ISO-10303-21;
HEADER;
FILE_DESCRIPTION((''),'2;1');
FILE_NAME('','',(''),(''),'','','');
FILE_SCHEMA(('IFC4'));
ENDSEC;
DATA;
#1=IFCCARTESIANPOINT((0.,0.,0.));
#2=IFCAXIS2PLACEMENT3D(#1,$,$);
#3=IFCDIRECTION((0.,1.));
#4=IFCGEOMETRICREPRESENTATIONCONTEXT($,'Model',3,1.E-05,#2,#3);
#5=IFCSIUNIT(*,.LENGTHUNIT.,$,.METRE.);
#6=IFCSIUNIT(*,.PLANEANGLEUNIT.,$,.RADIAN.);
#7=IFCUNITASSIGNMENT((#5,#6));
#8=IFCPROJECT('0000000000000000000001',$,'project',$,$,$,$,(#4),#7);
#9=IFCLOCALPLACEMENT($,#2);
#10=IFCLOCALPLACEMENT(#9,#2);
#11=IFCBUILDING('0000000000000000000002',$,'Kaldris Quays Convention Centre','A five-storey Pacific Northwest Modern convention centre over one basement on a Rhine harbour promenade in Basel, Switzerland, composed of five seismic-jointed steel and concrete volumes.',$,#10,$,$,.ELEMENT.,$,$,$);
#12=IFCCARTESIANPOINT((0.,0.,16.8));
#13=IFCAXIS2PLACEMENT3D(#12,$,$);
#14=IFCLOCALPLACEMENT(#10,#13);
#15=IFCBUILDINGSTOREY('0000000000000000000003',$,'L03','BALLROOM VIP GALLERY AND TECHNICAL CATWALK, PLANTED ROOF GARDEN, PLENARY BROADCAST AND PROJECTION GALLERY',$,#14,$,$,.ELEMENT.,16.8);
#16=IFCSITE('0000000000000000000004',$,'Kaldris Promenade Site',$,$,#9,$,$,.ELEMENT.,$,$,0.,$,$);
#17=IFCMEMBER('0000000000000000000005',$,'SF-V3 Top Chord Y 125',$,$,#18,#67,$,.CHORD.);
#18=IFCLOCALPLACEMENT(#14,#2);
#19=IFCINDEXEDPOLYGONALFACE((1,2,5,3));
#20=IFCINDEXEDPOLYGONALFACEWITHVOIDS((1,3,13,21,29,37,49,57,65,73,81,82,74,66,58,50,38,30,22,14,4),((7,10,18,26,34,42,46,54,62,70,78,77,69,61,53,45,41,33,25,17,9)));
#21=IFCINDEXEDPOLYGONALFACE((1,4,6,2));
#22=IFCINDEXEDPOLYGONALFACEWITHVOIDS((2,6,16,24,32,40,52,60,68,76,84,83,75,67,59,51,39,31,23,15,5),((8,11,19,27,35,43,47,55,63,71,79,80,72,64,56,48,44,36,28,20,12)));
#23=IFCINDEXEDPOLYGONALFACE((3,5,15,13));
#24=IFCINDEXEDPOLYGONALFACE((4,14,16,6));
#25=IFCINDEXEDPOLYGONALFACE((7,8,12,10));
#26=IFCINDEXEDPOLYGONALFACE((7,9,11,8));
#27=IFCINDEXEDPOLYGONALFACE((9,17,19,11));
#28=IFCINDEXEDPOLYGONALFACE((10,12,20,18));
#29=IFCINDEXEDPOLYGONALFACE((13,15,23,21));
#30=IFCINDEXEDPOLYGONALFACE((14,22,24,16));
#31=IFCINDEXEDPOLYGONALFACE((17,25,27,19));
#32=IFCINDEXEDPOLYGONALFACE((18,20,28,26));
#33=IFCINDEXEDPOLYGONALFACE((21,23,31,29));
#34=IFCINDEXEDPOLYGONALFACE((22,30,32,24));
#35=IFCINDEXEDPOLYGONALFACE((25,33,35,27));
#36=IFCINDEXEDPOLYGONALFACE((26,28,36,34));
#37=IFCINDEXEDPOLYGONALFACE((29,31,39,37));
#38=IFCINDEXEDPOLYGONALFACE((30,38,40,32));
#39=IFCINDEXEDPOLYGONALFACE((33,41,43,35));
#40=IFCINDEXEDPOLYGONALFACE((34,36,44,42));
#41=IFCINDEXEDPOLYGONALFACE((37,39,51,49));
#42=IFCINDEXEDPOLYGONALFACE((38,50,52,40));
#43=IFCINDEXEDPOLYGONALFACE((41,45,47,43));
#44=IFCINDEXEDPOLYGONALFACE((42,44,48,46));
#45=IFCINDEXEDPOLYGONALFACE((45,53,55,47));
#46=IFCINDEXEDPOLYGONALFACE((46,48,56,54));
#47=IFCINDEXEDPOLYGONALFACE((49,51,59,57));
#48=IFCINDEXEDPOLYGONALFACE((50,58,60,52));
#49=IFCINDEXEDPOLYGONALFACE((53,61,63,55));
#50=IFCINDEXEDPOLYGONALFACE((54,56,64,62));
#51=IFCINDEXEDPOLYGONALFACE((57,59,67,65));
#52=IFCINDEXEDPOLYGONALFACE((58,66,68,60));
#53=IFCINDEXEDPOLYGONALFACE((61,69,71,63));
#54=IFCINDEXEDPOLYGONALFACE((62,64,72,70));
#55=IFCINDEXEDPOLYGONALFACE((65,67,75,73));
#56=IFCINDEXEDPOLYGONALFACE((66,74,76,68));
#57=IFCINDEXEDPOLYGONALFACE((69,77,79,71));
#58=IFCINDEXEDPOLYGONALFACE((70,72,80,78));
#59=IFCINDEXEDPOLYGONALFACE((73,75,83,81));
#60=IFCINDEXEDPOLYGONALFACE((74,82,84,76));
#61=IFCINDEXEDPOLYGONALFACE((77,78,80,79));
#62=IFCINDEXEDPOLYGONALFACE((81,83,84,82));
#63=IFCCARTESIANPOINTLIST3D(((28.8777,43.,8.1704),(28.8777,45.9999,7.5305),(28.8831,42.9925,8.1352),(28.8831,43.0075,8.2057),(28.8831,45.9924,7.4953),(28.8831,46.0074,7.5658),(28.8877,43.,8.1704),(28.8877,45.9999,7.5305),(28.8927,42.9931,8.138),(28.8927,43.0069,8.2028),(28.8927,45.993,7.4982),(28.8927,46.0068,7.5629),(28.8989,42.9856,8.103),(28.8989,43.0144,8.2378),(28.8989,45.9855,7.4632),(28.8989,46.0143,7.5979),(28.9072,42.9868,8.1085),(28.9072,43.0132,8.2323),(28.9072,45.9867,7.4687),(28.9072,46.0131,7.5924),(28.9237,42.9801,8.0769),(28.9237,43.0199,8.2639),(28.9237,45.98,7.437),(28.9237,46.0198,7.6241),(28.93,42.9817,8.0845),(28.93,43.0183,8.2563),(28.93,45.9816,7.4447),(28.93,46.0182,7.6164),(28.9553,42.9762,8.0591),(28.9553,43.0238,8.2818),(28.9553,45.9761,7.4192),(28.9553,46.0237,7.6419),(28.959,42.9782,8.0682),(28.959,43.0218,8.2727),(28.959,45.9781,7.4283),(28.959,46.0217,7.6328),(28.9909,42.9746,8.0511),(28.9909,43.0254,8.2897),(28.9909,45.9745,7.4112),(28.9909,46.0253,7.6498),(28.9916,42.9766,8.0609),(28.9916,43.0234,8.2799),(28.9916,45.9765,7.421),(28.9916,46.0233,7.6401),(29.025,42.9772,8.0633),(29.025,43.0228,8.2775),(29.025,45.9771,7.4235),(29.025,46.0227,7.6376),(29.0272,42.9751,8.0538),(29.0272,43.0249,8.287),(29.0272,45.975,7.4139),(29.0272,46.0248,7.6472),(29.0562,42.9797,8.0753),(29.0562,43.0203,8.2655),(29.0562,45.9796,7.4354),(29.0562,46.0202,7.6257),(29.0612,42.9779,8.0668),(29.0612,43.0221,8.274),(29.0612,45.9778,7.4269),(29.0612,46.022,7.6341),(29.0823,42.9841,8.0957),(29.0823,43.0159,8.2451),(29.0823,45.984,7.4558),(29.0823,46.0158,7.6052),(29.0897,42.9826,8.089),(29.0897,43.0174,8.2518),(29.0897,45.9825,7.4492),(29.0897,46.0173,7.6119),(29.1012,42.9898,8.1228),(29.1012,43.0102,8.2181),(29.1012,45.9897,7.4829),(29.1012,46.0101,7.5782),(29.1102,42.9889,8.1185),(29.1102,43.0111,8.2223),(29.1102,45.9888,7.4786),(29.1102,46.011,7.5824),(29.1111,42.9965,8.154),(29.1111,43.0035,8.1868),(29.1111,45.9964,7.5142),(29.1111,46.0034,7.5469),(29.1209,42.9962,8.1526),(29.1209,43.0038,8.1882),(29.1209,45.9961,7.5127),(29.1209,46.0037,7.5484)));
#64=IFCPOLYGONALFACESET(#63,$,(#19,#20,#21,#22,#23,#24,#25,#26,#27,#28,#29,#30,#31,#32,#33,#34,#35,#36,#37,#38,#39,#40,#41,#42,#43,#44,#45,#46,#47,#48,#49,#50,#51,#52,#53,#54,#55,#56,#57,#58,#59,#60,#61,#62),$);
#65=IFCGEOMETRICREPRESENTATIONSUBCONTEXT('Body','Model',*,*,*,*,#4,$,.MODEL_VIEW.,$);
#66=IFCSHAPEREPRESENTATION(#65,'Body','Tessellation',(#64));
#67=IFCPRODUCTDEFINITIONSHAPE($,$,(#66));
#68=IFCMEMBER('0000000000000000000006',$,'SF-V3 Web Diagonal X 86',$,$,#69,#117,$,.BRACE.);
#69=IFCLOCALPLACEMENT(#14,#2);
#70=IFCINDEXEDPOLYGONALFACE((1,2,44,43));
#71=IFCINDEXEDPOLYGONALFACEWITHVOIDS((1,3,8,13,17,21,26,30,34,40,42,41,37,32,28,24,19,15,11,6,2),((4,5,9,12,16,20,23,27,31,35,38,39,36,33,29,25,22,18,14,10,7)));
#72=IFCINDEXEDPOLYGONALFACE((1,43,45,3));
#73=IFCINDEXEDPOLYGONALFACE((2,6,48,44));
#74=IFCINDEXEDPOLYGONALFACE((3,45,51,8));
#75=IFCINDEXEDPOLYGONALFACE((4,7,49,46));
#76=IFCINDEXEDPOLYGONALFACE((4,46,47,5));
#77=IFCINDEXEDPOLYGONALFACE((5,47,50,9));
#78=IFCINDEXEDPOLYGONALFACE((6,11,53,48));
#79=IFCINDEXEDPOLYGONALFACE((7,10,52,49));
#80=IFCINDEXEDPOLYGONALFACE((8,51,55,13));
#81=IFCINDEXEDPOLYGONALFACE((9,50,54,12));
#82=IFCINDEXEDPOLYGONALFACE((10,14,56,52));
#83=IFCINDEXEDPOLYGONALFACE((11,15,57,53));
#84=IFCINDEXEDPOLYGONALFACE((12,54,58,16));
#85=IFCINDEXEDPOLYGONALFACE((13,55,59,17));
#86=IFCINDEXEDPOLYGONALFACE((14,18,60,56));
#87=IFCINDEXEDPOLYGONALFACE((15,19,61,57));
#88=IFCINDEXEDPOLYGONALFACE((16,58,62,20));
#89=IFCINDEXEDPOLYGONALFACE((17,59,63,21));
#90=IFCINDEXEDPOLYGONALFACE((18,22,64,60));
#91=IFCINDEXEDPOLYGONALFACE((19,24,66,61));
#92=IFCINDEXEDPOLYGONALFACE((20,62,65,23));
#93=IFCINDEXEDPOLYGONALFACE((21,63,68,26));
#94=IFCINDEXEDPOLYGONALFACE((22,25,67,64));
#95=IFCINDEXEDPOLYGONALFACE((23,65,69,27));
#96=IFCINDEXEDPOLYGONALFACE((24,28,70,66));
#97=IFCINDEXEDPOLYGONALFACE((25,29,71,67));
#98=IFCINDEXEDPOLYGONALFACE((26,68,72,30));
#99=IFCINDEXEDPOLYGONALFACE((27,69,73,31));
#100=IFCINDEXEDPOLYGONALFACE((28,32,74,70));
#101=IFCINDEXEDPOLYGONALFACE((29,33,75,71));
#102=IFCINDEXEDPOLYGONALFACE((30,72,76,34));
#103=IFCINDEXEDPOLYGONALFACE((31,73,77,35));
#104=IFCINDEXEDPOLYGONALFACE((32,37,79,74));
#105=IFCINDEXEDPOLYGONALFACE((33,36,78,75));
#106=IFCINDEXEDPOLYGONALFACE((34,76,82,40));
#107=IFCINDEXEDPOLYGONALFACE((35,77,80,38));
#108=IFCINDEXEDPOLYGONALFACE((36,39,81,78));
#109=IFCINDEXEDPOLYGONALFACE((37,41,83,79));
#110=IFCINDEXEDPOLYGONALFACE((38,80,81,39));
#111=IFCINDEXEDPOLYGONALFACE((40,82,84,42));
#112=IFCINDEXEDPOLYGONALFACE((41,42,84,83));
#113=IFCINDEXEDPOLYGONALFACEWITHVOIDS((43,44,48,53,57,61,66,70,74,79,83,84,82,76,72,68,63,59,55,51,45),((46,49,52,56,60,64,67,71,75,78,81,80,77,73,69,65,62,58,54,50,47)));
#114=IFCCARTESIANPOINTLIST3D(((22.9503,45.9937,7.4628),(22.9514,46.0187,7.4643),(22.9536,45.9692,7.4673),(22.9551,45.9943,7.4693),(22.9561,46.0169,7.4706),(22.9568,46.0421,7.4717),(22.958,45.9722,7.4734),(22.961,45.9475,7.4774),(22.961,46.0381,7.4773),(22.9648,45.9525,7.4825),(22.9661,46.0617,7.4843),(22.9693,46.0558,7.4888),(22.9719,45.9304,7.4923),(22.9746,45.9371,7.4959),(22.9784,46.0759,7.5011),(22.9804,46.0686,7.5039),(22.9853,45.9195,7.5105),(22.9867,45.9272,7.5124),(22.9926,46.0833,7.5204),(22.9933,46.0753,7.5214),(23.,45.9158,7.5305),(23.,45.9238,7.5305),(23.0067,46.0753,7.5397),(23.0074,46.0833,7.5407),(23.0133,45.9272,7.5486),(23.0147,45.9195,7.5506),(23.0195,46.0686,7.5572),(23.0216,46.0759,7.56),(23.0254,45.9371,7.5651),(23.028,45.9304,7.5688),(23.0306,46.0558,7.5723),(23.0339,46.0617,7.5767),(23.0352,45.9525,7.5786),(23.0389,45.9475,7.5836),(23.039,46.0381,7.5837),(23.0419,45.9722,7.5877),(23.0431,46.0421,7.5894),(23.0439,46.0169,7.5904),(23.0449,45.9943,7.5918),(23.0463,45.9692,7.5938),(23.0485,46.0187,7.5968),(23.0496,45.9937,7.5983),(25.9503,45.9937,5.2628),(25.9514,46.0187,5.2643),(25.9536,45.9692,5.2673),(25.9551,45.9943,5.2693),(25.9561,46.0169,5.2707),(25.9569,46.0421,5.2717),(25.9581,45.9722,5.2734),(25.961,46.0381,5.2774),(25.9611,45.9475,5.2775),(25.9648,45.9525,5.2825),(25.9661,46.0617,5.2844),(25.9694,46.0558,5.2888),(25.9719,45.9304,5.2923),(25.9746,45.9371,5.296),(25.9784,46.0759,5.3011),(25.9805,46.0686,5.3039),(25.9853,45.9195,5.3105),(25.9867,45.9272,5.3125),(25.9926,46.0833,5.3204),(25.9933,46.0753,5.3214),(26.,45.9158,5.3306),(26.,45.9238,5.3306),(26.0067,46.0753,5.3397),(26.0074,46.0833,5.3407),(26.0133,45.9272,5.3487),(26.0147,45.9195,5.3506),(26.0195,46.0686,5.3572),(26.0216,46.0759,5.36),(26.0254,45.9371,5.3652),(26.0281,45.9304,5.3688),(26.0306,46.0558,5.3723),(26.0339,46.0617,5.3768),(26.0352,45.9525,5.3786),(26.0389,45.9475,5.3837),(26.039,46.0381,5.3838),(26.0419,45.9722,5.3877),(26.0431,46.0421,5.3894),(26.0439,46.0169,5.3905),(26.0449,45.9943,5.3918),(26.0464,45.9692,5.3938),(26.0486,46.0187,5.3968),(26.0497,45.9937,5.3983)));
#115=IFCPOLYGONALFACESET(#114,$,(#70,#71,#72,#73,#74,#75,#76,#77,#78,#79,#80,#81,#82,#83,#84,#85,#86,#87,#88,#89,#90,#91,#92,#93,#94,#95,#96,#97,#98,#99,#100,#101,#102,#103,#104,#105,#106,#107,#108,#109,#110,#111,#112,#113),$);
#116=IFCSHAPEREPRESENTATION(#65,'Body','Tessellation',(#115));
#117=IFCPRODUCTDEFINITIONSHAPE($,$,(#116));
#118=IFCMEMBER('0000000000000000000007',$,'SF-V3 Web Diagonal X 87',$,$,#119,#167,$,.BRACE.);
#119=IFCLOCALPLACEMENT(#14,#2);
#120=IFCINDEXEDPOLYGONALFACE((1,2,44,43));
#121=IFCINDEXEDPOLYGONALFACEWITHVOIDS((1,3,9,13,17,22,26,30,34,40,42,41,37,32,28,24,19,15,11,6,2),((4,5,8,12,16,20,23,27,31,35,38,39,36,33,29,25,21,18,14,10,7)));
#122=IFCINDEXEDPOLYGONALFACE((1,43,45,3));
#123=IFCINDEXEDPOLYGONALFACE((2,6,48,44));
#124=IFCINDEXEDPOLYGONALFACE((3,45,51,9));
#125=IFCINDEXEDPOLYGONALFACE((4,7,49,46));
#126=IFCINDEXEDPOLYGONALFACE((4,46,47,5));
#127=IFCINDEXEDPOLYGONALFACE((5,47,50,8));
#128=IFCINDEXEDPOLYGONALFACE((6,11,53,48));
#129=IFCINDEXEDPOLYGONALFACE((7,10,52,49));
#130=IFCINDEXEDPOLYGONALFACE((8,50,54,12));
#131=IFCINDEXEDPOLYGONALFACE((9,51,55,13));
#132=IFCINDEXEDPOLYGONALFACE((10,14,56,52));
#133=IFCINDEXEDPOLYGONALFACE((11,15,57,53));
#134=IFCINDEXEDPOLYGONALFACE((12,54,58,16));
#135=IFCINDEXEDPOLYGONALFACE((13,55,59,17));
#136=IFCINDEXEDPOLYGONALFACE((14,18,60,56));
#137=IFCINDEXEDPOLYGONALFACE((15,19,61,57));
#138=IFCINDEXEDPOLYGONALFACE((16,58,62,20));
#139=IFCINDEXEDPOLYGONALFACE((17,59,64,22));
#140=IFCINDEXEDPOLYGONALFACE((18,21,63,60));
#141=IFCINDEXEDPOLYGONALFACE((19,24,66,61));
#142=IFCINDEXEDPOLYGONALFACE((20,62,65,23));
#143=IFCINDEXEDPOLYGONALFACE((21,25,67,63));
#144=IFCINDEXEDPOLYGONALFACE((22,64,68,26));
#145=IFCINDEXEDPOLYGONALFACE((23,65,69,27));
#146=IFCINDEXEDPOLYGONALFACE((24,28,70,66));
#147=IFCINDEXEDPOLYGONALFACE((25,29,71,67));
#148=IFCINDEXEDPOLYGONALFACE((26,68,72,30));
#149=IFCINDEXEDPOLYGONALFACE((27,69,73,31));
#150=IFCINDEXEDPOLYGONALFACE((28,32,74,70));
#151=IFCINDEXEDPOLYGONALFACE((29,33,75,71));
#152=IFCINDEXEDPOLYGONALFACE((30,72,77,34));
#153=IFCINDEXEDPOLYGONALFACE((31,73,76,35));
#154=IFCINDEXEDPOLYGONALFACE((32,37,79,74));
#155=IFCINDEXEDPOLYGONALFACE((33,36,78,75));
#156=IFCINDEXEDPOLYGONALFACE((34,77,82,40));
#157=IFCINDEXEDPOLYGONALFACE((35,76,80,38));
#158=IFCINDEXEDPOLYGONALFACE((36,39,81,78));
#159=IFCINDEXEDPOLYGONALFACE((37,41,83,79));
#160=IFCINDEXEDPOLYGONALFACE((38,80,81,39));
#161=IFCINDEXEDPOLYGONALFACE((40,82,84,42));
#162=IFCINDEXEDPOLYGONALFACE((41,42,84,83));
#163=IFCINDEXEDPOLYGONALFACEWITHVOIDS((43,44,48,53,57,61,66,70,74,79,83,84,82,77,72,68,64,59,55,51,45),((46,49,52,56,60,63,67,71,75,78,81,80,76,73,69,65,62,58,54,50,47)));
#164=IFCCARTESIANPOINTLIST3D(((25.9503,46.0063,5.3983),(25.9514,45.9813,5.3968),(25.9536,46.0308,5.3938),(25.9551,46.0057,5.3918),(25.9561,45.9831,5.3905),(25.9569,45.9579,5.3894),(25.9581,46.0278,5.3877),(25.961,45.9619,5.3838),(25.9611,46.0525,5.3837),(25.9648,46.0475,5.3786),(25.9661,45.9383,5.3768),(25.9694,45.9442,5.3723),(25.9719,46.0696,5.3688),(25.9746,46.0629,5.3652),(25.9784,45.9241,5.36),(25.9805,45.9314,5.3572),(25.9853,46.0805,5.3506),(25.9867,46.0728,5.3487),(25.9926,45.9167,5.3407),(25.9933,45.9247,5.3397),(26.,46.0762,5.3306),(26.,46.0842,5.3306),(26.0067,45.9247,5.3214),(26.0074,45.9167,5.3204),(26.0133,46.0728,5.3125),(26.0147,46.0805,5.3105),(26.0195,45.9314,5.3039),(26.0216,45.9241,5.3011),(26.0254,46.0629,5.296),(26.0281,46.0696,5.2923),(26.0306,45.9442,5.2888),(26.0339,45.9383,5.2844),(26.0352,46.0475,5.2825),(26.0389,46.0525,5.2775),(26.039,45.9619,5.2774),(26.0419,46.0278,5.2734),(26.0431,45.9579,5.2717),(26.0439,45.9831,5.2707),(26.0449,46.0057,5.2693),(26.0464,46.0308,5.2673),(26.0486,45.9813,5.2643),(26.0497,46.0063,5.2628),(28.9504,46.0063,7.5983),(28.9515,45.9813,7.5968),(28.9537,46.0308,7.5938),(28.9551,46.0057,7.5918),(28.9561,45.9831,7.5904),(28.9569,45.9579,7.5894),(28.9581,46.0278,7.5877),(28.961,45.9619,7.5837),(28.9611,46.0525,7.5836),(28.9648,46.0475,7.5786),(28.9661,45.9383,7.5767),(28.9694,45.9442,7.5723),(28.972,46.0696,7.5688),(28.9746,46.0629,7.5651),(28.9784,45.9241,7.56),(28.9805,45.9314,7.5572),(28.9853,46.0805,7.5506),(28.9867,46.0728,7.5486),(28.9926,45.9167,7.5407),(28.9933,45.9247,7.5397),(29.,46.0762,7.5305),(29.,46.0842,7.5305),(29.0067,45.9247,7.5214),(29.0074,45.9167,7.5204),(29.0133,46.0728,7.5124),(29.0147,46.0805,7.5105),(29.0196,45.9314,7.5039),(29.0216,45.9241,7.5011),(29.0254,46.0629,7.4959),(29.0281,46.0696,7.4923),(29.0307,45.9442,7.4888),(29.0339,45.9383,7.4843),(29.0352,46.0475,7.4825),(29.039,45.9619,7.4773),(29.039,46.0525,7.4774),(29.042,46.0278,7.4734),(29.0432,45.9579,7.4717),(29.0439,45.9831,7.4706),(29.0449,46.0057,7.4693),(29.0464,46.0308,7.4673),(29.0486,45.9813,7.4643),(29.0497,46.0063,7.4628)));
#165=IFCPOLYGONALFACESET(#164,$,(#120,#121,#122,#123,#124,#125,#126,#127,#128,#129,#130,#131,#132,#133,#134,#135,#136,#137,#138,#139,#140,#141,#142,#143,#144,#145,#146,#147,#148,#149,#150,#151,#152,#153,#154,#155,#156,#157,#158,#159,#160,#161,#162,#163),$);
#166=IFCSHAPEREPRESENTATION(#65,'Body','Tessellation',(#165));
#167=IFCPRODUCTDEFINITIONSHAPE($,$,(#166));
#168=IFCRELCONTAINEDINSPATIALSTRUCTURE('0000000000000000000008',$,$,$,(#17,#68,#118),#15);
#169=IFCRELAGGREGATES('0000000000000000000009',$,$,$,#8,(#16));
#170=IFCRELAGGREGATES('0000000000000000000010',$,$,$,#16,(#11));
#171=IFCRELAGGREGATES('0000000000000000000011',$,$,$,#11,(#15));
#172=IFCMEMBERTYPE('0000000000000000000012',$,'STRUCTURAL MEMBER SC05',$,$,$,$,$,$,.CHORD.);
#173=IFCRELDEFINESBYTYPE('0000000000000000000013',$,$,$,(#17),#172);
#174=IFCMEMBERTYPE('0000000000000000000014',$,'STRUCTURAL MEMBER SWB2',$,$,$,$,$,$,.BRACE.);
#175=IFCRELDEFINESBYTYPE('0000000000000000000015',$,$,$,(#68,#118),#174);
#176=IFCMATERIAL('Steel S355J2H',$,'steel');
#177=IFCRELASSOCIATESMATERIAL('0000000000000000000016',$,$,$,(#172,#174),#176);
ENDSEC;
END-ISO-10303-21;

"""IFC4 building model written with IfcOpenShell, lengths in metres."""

from ifc_helpers import new_model, si_unit, direction, frame, origin, origin_2d, place, context, subcontext, project, spatial, hollow_circle, extrude, material, material_profile, profile_set, type_object, element, save


model = new_model("IFC4")

# Units and contexts
model_context = context("Model", 3, precision=1e-05, world=origin(), true_north=direction((0.0, 1.0)))
body_context = subcontext(model_context, "Body", "Model", "MODEL_VIEW")
ifc_project = project(units=[si_unit("LENGTHUNIT", "METRE"), si_unit("PLANEANGLEUNIT", "RADIAN")], contexts=[model_context])

# Site, building, storey
site_placement = place(None, origin())
site = spatial("IfcSite", under=ifc_project, at=site_placement, Name="Kaldris Promenade Site", CompositionType="ELEMENT", RefElevation=0.0)
building_placement = place(site_placement, origin())
building = spatial("IfcBuilding", under=site, at=building_placement, Name="Kaldris Quays Convention Centre", Description="A five-storey Pacific Northwest Modern convention centre over one basement on a Rhine harbour promenade in Basel, Switzerland, composed of five seismic-jointed steel and concrete volumes.", CompositionType="ELEMENT")
storey_placement = place(building_placement, frame((0.0, 0.0, 16.8)))
storey = spatial("IfcBuildingStorey", under=building, at=storey_placement, Name="L03", Description="BALLROOM VIP GALLERY AND TECHNICAL CATWALK, PLANTED ROOF GARDEN, PLENARY BROADCAST AND PROJECTION GALLERY", CompositionType="ELEMENT", Elevation=16.8)

# Members
ifc_material_1 = material(Name="Steel S355J2H", Category="steel")
ifc_material_profile_1 = material_profile(ifc_material_1, hollow_circle(Radius=0.1223, WallThickness=0.01, at=origin_2d()), Name="CHS 244.5x10")
ifc_profile_set_1 = profile_set([ifc_material_profile_1], Name="Steel S355J2H")
member_type_1 = type_object("IfcMemberType", Name="STRUCTURAL MEMBER SC05", PredefinedType="CHORD", material=ifc_profile_set_1)
member_1_placement = place(storey_placement, frame((29.0, 43.0, 8.1704), z_axis=(0.0, 0.978, -0.208605), x_axis=(-1.0, 0.0, 0.0)))
element("IfcMember", 1, at=member_1_placement, inside=storey, type_object=member_type_1, Name="SF-V3 Top Chord Y 125", PredefinedType="CHORD", context=body_context, shape_type="SweptSolid", body=[
    extrude(hollow_circle(Radius=0.1223, WallThickness=0.01, at=origin_2d()), origin(), (0.0, 0.0, 1.0), 3.0674),
])
ifc_material_profile_2 = material_profile(ifc_material_1, hollow_circle(Radius=0.0842, WallThickness=0.0081, at=origin_2d()), Name="CHS 168.3x8")
ifc_profile_set_2 = profile_set([ifc_material_profile_2], Name="Steel S355J2H")
member_type_2 = type_object("IfcMemberType", Name="STRUCTURAL MEMBER SWB2", PredefinedType="BRACE", material=ifc_profile_set_2)
for number, where, z_axis, x_axis, name in (
    (2, (26.0, 46.0, 5.3306), (-0.806411, 0.0, 0.591355), (0.0, -1.0, 0.0), "SF-V3 Web Diagonal X 86"),
    (3, (26.0, 46.0, 5.3306), (0.806411, 0.0, 0.591355), (0.0, 1.0, 0.0), "SF-V3 Web Diagonal X 87"),
):
    element("IfcMember", number, at=place(storey_placement, frame(where, z_axis=z_axis, x_axis=x_axis)), inside=storey, type_object=member_type_2, Name=name, PredefinedType="BRACE", context=body_context, shape_type="SweptSolid", body=[
        extrude(hollow_circle(Radius=0.0842, WallThickness=0.0081, at=origin_2d()), origin(), (0.0, 0.0, 1.0), 3.7202),
    ])

save(model, "model.ifc")
